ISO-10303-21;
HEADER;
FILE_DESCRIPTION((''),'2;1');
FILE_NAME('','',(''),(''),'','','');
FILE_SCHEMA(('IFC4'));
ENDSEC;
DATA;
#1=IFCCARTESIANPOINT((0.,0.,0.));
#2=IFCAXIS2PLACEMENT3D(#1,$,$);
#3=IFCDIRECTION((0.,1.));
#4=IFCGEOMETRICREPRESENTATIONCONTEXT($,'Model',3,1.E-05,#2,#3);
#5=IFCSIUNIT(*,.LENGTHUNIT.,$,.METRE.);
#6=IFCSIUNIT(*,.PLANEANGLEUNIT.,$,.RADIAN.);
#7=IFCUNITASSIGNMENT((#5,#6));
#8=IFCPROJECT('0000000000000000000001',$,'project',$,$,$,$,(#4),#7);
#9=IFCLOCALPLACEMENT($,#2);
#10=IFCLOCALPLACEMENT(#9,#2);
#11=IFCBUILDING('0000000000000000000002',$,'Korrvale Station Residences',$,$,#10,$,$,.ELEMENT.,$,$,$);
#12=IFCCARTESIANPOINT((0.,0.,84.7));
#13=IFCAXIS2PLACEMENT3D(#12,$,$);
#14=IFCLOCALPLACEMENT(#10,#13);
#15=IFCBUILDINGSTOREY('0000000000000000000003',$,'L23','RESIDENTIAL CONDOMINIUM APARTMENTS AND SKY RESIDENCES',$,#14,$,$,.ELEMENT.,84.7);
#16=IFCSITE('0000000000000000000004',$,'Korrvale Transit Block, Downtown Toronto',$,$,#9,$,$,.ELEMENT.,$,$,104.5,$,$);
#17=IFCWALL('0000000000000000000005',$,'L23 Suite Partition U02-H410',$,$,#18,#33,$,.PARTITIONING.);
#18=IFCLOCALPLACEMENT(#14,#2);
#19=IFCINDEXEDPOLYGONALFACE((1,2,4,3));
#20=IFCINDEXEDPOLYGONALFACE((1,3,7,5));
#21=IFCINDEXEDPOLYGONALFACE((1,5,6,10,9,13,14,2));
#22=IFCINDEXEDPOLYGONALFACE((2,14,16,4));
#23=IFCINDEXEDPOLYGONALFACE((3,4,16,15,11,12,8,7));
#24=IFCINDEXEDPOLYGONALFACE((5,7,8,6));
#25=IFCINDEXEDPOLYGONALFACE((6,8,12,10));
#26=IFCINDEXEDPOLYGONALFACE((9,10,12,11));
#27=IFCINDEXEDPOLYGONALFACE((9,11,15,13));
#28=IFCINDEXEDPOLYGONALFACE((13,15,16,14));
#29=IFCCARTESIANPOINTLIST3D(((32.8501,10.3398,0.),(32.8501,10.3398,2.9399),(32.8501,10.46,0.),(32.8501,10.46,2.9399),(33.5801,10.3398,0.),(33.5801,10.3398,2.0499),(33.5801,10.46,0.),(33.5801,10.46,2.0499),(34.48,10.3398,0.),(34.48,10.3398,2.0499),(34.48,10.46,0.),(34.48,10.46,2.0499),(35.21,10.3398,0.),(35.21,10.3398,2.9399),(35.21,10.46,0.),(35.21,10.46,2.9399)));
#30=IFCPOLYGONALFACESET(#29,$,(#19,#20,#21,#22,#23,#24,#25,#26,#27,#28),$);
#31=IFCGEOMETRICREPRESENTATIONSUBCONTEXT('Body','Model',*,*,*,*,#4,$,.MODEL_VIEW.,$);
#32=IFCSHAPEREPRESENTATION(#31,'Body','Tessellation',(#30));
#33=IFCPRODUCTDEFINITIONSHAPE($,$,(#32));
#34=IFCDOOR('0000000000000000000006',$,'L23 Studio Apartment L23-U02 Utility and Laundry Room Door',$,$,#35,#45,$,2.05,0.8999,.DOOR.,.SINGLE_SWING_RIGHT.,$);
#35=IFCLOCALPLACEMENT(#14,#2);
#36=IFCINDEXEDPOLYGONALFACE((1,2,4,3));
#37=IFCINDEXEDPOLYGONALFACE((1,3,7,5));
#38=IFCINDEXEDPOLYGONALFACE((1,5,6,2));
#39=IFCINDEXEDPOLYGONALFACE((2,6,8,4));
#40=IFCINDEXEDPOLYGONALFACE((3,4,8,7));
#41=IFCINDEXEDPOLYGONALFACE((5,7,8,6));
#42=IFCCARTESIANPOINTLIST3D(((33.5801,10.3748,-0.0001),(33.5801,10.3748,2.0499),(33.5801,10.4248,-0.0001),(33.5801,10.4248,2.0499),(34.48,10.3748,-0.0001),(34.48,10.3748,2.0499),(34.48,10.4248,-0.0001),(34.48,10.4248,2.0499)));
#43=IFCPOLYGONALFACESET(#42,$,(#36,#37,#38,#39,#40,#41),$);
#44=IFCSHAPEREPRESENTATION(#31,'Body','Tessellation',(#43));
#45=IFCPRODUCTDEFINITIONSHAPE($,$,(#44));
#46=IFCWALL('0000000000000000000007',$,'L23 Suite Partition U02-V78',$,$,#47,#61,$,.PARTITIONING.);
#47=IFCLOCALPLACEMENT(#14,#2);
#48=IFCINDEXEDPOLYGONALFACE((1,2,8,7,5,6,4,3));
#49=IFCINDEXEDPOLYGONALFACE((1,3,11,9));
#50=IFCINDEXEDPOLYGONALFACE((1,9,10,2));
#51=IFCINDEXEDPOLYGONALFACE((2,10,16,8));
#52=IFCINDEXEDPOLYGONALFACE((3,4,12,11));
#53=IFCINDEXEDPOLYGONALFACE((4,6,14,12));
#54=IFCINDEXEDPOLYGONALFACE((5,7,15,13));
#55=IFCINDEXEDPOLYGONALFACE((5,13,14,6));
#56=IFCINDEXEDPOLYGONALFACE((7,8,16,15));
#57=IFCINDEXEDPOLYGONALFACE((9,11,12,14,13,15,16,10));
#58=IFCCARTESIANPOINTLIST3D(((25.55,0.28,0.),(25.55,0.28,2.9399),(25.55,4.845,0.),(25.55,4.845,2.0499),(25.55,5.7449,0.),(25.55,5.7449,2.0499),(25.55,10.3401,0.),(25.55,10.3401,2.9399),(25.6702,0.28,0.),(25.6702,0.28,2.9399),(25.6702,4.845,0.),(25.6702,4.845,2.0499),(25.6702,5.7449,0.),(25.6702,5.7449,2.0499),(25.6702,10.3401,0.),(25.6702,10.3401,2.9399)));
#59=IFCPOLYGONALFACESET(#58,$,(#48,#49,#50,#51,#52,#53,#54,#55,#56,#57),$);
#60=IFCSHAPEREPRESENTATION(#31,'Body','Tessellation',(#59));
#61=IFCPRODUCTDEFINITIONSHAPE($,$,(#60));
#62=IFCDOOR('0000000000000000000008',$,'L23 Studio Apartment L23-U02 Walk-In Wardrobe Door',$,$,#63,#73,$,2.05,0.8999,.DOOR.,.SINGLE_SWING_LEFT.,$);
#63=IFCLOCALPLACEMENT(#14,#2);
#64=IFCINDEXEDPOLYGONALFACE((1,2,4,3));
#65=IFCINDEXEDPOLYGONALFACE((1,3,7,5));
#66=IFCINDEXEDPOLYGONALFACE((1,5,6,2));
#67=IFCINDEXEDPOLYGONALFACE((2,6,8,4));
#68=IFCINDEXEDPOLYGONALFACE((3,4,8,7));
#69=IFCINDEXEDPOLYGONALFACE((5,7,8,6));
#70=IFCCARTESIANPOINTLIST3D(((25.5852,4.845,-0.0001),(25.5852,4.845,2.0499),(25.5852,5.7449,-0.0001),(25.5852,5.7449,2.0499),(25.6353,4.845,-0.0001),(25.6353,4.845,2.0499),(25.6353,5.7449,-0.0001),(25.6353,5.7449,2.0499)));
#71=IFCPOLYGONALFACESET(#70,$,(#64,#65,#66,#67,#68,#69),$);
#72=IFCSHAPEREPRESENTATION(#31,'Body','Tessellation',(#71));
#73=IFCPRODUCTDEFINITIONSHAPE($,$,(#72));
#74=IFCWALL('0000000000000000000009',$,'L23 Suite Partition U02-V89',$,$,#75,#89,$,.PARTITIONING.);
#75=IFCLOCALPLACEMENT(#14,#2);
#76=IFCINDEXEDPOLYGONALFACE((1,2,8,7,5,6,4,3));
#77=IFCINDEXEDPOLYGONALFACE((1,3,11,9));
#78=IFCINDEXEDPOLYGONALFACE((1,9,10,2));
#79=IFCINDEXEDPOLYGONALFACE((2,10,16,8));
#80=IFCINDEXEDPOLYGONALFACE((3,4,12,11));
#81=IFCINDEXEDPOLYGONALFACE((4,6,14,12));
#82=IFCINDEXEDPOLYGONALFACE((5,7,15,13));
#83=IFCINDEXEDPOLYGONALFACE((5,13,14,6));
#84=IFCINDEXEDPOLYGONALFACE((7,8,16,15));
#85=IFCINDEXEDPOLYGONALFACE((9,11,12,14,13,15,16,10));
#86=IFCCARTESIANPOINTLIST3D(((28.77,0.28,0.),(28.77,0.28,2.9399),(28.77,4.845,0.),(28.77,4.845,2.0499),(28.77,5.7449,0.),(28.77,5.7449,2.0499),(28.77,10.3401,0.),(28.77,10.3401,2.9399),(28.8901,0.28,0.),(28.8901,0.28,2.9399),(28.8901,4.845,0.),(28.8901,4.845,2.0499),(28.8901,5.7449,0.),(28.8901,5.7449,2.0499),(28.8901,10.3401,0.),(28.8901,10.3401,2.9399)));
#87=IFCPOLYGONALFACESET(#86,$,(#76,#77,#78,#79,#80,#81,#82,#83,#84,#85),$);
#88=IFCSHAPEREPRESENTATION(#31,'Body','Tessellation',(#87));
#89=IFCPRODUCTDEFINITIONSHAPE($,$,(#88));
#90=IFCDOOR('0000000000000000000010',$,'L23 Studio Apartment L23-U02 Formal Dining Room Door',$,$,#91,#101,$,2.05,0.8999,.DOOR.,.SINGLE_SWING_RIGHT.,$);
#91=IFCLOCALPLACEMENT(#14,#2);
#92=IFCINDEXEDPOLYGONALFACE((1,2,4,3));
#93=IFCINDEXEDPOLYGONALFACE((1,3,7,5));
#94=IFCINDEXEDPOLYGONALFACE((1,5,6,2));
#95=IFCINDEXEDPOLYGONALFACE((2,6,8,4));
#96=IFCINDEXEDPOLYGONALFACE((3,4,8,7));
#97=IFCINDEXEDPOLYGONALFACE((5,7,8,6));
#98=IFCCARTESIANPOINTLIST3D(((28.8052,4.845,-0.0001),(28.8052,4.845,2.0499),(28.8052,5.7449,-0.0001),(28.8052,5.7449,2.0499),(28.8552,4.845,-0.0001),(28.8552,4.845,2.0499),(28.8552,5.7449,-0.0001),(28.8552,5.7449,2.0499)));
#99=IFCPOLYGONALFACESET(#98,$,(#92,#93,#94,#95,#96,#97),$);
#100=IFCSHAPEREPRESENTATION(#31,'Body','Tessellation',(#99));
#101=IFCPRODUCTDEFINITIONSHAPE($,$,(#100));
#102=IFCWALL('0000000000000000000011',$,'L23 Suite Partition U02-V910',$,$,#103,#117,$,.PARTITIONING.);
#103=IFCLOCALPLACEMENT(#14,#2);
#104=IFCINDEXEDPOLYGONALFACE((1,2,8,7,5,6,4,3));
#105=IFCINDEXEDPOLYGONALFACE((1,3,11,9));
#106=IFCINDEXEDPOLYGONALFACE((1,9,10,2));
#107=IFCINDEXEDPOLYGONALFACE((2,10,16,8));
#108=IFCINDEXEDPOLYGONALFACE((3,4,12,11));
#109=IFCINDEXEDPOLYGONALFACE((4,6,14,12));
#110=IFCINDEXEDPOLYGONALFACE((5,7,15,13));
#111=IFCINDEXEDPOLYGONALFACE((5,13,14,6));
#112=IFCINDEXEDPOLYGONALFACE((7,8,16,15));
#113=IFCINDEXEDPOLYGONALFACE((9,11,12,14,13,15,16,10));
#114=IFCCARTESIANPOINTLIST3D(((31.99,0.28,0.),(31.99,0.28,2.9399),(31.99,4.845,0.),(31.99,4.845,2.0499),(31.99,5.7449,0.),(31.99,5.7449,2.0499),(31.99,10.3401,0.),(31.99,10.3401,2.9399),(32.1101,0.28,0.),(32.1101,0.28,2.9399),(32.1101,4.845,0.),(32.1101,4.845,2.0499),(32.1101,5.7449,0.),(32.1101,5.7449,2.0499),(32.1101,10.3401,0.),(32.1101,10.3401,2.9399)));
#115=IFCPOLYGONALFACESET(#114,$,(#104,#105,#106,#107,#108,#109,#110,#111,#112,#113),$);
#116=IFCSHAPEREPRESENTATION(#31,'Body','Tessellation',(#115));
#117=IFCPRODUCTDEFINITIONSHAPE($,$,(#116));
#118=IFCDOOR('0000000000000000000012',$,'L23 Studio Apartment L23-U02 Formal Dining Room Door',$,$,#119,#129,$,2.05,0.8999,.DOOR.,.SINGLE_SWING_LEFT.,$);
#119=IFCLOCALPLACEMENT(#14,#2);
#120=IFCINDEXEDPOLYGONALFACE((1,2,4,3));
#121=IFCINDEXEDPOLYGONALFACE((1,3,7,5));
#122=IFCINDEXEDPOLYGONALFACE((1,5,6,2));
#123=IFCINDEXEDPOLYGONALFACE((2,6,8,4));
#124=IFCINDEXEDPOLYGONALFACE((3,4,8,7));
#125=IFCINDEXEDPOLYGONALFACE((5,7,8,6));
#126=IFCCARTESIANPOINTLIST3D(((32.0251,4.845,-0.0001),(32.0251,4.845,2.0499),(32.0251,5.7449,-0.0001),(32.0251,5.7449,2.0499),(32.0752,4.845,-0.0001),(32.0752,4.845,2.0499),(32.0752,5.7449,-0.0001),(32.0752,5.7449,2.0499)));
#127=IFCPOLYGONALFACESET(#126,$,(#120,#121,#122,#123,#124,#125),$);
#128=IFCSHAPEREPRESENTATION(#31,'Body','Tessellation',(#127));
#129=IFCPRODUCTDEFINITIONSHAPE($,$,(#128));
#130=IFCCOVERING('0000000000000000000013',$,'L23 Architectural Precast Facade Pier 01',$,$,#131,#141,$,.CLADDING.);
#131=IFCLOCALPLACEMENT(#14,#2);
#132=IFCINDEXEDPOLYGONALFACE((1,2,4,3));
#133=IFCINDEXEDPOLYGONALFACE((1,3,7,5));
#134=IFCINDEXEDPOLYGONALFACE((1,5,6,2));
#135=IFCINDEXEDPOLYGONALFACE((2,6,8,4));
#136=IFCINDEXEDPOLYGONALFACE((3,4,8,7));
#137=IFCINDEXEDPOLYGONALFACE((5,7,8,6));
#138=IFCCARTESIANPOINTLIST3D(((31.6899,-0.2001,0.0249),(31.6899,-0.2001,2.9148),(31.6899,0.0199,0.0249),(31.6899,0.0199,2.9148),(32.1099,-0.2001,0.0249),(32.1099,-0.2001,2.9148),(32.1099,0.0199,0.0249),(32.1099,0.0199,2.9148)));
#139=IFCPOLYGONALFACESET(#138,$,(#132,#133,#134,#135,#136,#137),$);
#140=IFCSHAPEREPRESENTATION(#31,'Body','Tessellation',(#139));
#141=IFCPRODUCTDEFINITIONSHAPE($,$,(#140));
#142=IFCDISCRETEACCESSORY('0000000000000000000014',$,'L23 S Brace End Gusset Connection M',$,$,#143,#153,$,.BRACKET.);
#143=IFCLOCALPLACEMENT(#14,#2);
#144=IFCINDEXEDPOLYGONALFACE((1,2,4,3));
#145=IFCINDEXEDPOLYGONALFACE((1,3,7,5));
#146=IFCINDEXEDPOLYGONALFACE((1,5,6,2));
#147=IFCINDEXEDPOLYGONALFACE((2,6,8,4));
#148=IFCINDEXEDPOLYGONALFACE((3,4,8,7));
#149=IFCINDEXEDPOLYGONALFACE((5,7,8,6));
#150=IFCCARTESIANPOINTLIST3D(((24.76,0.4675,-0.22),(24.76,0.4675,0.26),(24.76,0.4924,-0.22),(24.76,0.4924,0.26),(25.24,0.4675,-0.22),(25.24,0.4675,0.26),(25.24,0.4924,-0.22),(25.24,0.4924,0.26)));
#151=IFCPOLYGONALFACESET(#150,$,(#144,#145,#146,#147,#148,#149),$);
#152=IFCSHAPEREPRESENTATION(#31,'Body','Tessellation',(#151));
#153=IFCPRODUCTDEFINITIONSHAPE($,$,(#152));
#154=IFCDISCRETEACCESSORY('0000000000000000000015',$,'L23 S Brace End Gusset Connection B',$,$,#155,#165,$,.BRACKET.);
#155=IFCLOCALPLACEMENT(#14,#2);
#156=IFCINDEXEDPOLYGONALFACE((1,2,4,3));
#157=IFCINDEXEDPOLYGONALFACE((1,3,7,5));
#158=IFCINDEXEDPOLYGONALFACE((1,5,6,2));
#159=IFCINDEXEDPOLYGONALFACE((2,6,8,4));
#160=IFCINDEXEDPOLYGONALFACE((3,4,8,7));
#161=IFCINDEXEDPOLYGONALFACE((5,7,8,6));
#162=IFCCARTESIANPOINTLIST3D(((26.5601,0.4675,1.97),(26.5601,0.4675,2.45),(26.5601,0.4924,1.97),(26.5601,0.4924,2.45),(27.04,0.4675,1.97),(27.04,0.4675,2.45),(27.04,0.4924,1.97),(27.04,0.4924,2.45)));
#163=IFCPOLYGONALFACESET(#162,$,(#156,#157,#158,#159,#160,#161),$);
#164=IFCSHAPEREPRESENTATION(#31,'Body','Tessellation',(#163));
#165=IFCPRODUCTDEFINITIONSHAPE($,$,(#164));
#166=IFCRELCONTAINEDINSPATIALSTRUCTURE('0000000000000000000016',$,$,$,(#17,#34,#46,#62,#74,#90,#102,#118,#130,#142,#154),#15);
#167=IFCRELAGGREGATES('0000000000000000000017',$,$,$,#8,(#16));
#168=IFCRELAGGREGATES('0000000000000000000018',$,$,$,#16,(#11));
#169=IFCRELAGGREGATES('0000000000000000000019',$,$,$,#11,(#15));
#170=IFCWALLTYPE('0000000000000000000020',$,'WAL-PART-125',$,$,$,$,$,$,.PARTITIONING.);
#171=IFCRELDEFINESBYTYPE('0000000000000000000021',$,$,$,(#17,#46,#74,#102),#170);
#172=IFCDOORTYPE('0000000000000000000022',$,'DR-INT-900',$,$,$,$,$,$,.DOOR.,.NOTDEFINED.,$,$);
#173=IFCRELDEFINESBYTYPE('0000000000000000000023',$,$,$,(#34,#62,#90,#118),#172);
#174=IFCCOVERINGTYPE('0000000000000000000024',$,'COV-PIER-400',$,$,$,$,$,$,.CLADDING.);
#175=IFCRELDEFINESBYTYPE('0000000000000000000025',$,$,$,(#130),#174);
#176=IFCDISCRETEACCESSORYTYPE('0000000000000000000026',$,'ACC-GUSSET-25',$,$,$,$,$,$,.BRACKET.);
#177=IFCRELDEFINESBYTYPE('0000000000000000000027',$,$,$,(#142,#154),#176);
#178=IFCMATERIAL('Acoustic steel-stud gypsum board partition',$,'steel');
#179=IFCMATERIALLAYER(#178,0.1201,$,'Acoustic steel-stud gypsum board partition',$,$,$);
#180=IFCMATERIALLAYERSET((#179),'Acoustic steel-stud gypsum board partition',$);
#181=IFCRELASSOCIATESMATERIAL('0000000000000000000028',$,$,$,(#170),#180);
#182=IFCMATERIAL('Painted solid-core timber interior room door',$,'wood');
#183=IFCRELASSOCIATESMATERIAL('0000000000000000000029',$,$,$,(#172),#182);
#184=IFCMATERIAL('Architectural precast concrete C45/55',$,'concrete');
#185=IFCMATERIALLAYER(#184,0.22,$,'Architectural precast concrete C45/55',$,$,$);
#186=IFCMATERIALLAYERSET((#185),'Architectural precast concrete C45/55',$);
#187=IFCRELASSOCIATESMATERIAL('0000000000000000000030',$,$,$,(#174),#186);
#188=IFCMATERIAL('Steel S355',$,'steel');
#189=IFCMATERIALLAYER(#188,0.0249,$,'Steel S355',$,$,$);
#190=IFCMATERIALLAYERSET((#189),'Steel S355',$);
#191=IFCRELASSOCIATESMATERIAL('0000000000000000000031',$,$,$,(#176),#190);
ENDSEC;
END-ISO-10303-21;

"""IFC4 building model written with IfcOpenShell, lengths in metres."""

from ifc_helpers import new_model, si_unit, direction, frame, frame_2d, origin, origin_2d, place, context, subcontext, project, spatial, rectangle, extrude, material, layer, layer_set, type_object, element, fill, save


model = new_model("IFC4")

# Units and contexts
model_context = context("Model", 3, precision=1e-05, world=origin(), true_north=direction((0.0, 1.0)))
body_context = subcontext(model_context, "Body", "Model", "MODEL_VIEW")
ifc_project = project(units=[si_unit("LENGTHUNIT", "METRE"), si_unit("PLANEANGLEUNIT", "RADIAN")], contexts=[model_context])

# Site, building, storey
site_placement = place(None, origin())
site = spatial("IfcSite", under=ifc_project, at=site_placement, Name="Korrvale Transit Block, Downtown Toronto", CompositionType="ELEMENT", RefElevation=104.5)
building_placement = place(site_placement, origin())
building = spatial("IfcBuilding", under=site, at=building_placement, Name="Korrvale Station Residences", CompositionType="ELEMENT")
storey_placement = place(building_placement, frame((0.0, 0.0, 84.7)))
storey = spatial("IfcBuildingStorey", under=building, at=storey_placement, Name="L23", Description="RESIDENTIAL CONDOMINIUM APARTMENTS AND SKY RESIDENCES", CompositionType="ELEMENT", Elevation=84.7)

# Shared definitions
ifc_material_1 = material(Name="Steel S355", Category="steel")

# Shared definitions
ifc_material_2 = material(Name="Acoustic steel-stud gypsum board partition", Category="steel")
ifc_layer_1 = layer(ifc_material_2, 0.1201, Name="Acoustic steel-stud gypsum board partition")
ifc_layer_set_1 = layer_set([ifc_layer_1], Name="Acoustic steel-stud gypsum board partition")
wall_type = type_object("IfcWallType", Name="WAL-PART-125", PredefinedType="PARTITIONING", material=ifc_layer_set_1)
ifc_material_3 = material(Name="Painted solid-core timber interior room door", Category="wood")
door_type = type_object("IfcDoorType", Name="DR-INT-900", OperationType="NOTDEFINED", PredefinedType="DOOR", material=ifc_material_3)

# Walls, openings, doors
wall_1_placement = place(storey_placement, frame((32.8501, 10.3999, 0.0), z_axis=(0.0, 0.0, 1.0), x_axis=(1.0, 0.0, 0.0)))
wall_1 = element("IfcWall", 1, at=wall_1_placement, inside=storey, type_object=wall_type, Name="L23 Suite Partition U02-H410", PredefinedType="PARTITIONING", context=body_context, shape_type="SweptSolid", body=[
    extrude(rectangle(XDim=2.3599, YDim=0.1201, at=frame_2d((1.1799, 0.0))), origin(), (0.0, 0.0, 1.0), 2.9399),
])
opening_1_placement = place(wall_1_placement, frame((0.73, 0.0, 0.0)))
opening_1 = element("IfcOpeningElement", 2, at=opening_1_placement, cuts=wall_1, PredefinedType="OPENING", context=body_context, shape_type="SweptSolid", body=[
    extrude(rectangle(XDim=0.8999, YDim=2.05, at=frame_2d((0.45, 1.0249))), frame((0.0, 0.0701, 0.0), z_axis=(0.0, -1.0, 0.0), x_axis=(1.0, 0.0, 0.0)), (0.0, 0.0, 1.0), 0.1401),
])
door_1_placement = place(opening_1_placement, origin())
door_1 = element("IfcDoor", 3, at=door_1_placement, inside=storey, type_object=door_type, Name="L23 Studio Apartment L23-U02 Utility and Laundry Room Door", OperationType="SINGLE_SWING_RIGHT", OverallHeight=2.05, OverallWidth=0.8999, PredefinedType="DOOR", context=body_context, shape_type="SweptSolid", body=[
    extrude(rectangle(XDim=0.8999, YDim=2.05, at=frame_2d((0.45, 1.0249))), frame((0.0, 0.0249, 0.0), z_axis=(0.0, -1.0, 0.0), x_axis=(1.0, 0.0, 0.0)), (0.0, 0.0, 1.0), 0.05),
])
fill(opening_1, door_1)
wall_2_placement = place(storey_placement, frame((25.6101, 0.28, 0.0), z_axis=(0.0, 0.0, 1.0), x_axis=(0.0, 1.0, 0.0)))
wall_2 = element("IfcWall", 4, at=wall_2_placement, inside=storey, type_object=wall_type, Name="L23 Suite Partition U02-V78", PredefinedType="PARTITIONING", context=body_context, shape_type="SweptSolid", body=[
    extrude(rectangle(XDim=10.0601, YDim=0.1201, at=frame_2d((5.03, 0.0))), origin(), (0.0, 0.0, 1.0), 2.9399),
])
opening_2_placement = place(wall_2_placement, frame((4.5649, 0.0, 0.0)))
opening_2 = element("IfcOpeningElement", 5, at=opening_2_placement, cuts=wall_2, PredefinedType="OPENING", context=body_context, shape_type="SweptSolid", body=[
    extrude(rectangle(XDim=0.8999, YDim=2.05, at=frame_2d((0.45, 1.0249))), frame((0.0, 0.0701, 0.0), z_axis=(0.0, -1.0, 0.0), x_axis=(1.0, 0.0, 0.0)), (0.0, 0.0, 1.0), 0.1401),
])
door_2_placement = place(opening_2_placement, origin())
door_2 = element("IfcDoor", 6, at=door_2_placement, inside=storey, type_object=door_type, Name="L23 Studio Apartment L23-U02 Walk-In Wardrobe Door", OperationType="SINGLE_SWING_LEFT", OverallHeight=2.05, OverallWidth=0.8999, PredefinedType="DOOR", context=body_context, shape_type="SweptSolid", body=[
    extrude(rectangle(XDim=0.8999, YDim=2.05, at=frame_2d((0.45, 1.0249))), frame((0.0, 0.0249, 0.0), z_axis=(0.0, -1.0, 0.0), x_axis=(1.0, 0.0, 0.0)), (0.0, 0.0, 1.0), 0.05),
])
fill(opening_2, door_2)
wall_3_placement = place(storey_placement, frame((28.8301, 0.28, 0.0), z_axis=(0.0, 0.0, 1.0), x_axis=(0.0, 1.0, 0.0)))
wall_3 = element("IfcWall", 7, at=wall_3_placement, inside=storey, type_object=wall_type, Name="L23 Suite Partition U02-V89", PredefinedType="PARTITIONING", context=body_context, shape_type="SweptSolid", body=[
    extrude(rectangle(XDim=10.0601, YDim=0.1201, at=frame_2d((5.03, 0.0))), origin(), (0.0, 0.0, 1.0), 2.9399),
])
opening_3_placement = place(wall_3_placement, frame((4.5649, 0.0, 0.0)))
opening_3 = element("IfcOpeningElement", 8, at=opening_3_placement, cuts=wall_3, PredefinedType="OPENING", context=body_context, shape_type="SweptSolid", body=[
    extrude(rectangle(XDim=0.8999, YDim=2.05, at=frame_2d((0.45, 1.0249))), frame((0.0, 0.0701, 0.0), z_axis=(0.0, -1.0, 0.0), x_axis=(1.0, 0.0, 0.0)), (0.0, 0.0, 1.0), 0.1401),
])
door_3_placement = place(opening_3_placement, origin())
door_3 = element("IfcDoor", 9, at=door_3_placement, inside=storey, type_object=door_type, Name="L23 Studio Apartment L23-U02 Formal Dining Room Door", OperationType="SINGLE_SWING_RIGHT", OverallHeight=2.05, OverallWidth=0.8999, PredefinedType="DOOR", context=body_context, shape_type="SweptSolid", body=[
    extrude(rectangle(XDim=0.8999, YDim=2.05, at=frame_2d((0.45, 1.0249))), frame((0.0, 0.0249, 0.0), z_axis=(0.0, -1.0, 0.0), x_axis=(1.0, 0.0, 0.0)), (0.0, 0.0, 1.0), 0.05),
])
fill(opening_3, door_3)
wall_4_placement = place(storey_placement, frame((32.05, 0.28, 0.0), z_axis=(0.0, 0.0, 1.0), x_axis=(0.0, 1.0, 0.0)))
wall_4 = element("IfcWall", 10, at=wall_4_placement, inside=storey, type_object=wall_type, Name="L23 Suite Partition U02-V910", PredefinedType="PARTITIONING", context=body_context, shape_type="SweptSolid", body=[
    extrude(rectangle(XDim=10.0601, YDim=0.1201, at=frame_2d((5.03, 0.0))), origin(), (0.0, 0.0, 1.0), 2.9399),
])
opening_4_placement = place(wall_4_placement, frame((4.5649, 0.0, 0.0)))
opening_4 = element("IfcOpeningElement", 11, at=opening_4_placement, cuts=wall_4, PredefinedType="OPENING", context=body_context, shape_type="SweptSolid", body=[
    extrude(rectangle(XDim=0.8999, YDim=2.05, at=frame_2d((0.45, 1.0249))), frame((0.0, 0.0701, 0.0), z_axis=(0.0, -1.0, 0.0), x_axis=(1.0, 0.0, 0.0)), (0.0, 0.0, 1.0), 0.1401),
])
door_4_placement = place(opening_4_placement, origin())
door_4 = element("IfcDoor", 12, at=door_4_placement, inside=storey, type_object=door_type, Name="L23 Studio Apartment L23-U02 Formal Dining Room Door", OperationType="SINGLE_SWING_LEFT", OverallHeight=2.05, OverallWidth=0.8999, PredefinedType="DOOR", context=body_context, shape_type="SweptSolid", body=[
    extrude(rectangle(XDim=0.8999, YDim=2.05, at=frame_2d((0.45, 1.0249))), frame((0.0, 0.0249, 0.0), z_axis=(0.0, -1.0, 0.0), x_axis=(1.0, 0.0, 0.0)), (0.0, 0.0, 1.0), 0.05),
])
fill(opening_4, door_4)

# Covering
ifc_material_4 = material(Name="Architectural precast concrete C45/55", Category="concrete")
ifc_layer_2 = layer(ifc_material_4, 0.22, Name="Architectural precast concrete C45/55")
ifc_layer_set_2 = layer_set([ifc_layer_2], Name="Architectural precast concrete C45/55")
covering_type = type_object("IfcCoveringType", Name="COV-PIER-400", PredefinedType="CLADDING", material=ifc_layer_set_2)
covering_placement = place(storey_placement, frame((31.8999, -0.0901, 0.0249), z_axis=(0.0, 0.0, 1.0), x_axis=(1.0, 0.0, 0.0)))
element("IfcCovering", 13, at=covering_placement, inside=storey, type_object=covering_type, Name="L23 Architectural Precast Facade Pier 01", PredefinedType="CLADDING", context=body_context, shape_type="SweptSolid", body=[
    extrude(rectangle(XDim=0.4199, YDim=0.22, at=origin_2d()), origin(), (0.0, 0.0, 1.0), 2.8899),
])

# Discrete accessories
ifc_layer_3 = layer(ifc_material_1, 0.0249, Name="Steel S355")
ifc_layer_set_3 = layer_set([ifc_layer_3], Name="Steel S355")
discrete_accessory_type = type_object("IfcDiscreteAccessoryType", Name="ACC-GUSSET-25", PredefinedType="BRACKET", material=ifc_layer_set_3)
for number, where, z_axis, x_axis, name in (
    (14, (25.0, 0.48, -0.22), (0.0, 0.0, 1.0), (1.0, 0.0, 0.0), "L23 S Brace End Gusset Connection M"),
    (15, (26.8, 0.48, 1.97), (0.0, 0.0, 1.0), (1.0, 0.0, 0.0), "L23 S Brace End Gusset Connection B"),
):
    element("IfcDiscreteAccessory", number, at=place(storey_placement, frame(where, z_axis=z_axis, x_axis=x_axis)), inside=storey, type_object=discrete_accessory_type, Name=name, PredefinedType="BRACKET", context=body_context, shape_type="SweptSolid", body=[
        extrude(rectangle(XDim=0.48, YDim=0.0249, at=origin_2d()), origin(), (0.0, 0.0, 1.0), 0.48),
    ])

save(model, "model.ifc")
